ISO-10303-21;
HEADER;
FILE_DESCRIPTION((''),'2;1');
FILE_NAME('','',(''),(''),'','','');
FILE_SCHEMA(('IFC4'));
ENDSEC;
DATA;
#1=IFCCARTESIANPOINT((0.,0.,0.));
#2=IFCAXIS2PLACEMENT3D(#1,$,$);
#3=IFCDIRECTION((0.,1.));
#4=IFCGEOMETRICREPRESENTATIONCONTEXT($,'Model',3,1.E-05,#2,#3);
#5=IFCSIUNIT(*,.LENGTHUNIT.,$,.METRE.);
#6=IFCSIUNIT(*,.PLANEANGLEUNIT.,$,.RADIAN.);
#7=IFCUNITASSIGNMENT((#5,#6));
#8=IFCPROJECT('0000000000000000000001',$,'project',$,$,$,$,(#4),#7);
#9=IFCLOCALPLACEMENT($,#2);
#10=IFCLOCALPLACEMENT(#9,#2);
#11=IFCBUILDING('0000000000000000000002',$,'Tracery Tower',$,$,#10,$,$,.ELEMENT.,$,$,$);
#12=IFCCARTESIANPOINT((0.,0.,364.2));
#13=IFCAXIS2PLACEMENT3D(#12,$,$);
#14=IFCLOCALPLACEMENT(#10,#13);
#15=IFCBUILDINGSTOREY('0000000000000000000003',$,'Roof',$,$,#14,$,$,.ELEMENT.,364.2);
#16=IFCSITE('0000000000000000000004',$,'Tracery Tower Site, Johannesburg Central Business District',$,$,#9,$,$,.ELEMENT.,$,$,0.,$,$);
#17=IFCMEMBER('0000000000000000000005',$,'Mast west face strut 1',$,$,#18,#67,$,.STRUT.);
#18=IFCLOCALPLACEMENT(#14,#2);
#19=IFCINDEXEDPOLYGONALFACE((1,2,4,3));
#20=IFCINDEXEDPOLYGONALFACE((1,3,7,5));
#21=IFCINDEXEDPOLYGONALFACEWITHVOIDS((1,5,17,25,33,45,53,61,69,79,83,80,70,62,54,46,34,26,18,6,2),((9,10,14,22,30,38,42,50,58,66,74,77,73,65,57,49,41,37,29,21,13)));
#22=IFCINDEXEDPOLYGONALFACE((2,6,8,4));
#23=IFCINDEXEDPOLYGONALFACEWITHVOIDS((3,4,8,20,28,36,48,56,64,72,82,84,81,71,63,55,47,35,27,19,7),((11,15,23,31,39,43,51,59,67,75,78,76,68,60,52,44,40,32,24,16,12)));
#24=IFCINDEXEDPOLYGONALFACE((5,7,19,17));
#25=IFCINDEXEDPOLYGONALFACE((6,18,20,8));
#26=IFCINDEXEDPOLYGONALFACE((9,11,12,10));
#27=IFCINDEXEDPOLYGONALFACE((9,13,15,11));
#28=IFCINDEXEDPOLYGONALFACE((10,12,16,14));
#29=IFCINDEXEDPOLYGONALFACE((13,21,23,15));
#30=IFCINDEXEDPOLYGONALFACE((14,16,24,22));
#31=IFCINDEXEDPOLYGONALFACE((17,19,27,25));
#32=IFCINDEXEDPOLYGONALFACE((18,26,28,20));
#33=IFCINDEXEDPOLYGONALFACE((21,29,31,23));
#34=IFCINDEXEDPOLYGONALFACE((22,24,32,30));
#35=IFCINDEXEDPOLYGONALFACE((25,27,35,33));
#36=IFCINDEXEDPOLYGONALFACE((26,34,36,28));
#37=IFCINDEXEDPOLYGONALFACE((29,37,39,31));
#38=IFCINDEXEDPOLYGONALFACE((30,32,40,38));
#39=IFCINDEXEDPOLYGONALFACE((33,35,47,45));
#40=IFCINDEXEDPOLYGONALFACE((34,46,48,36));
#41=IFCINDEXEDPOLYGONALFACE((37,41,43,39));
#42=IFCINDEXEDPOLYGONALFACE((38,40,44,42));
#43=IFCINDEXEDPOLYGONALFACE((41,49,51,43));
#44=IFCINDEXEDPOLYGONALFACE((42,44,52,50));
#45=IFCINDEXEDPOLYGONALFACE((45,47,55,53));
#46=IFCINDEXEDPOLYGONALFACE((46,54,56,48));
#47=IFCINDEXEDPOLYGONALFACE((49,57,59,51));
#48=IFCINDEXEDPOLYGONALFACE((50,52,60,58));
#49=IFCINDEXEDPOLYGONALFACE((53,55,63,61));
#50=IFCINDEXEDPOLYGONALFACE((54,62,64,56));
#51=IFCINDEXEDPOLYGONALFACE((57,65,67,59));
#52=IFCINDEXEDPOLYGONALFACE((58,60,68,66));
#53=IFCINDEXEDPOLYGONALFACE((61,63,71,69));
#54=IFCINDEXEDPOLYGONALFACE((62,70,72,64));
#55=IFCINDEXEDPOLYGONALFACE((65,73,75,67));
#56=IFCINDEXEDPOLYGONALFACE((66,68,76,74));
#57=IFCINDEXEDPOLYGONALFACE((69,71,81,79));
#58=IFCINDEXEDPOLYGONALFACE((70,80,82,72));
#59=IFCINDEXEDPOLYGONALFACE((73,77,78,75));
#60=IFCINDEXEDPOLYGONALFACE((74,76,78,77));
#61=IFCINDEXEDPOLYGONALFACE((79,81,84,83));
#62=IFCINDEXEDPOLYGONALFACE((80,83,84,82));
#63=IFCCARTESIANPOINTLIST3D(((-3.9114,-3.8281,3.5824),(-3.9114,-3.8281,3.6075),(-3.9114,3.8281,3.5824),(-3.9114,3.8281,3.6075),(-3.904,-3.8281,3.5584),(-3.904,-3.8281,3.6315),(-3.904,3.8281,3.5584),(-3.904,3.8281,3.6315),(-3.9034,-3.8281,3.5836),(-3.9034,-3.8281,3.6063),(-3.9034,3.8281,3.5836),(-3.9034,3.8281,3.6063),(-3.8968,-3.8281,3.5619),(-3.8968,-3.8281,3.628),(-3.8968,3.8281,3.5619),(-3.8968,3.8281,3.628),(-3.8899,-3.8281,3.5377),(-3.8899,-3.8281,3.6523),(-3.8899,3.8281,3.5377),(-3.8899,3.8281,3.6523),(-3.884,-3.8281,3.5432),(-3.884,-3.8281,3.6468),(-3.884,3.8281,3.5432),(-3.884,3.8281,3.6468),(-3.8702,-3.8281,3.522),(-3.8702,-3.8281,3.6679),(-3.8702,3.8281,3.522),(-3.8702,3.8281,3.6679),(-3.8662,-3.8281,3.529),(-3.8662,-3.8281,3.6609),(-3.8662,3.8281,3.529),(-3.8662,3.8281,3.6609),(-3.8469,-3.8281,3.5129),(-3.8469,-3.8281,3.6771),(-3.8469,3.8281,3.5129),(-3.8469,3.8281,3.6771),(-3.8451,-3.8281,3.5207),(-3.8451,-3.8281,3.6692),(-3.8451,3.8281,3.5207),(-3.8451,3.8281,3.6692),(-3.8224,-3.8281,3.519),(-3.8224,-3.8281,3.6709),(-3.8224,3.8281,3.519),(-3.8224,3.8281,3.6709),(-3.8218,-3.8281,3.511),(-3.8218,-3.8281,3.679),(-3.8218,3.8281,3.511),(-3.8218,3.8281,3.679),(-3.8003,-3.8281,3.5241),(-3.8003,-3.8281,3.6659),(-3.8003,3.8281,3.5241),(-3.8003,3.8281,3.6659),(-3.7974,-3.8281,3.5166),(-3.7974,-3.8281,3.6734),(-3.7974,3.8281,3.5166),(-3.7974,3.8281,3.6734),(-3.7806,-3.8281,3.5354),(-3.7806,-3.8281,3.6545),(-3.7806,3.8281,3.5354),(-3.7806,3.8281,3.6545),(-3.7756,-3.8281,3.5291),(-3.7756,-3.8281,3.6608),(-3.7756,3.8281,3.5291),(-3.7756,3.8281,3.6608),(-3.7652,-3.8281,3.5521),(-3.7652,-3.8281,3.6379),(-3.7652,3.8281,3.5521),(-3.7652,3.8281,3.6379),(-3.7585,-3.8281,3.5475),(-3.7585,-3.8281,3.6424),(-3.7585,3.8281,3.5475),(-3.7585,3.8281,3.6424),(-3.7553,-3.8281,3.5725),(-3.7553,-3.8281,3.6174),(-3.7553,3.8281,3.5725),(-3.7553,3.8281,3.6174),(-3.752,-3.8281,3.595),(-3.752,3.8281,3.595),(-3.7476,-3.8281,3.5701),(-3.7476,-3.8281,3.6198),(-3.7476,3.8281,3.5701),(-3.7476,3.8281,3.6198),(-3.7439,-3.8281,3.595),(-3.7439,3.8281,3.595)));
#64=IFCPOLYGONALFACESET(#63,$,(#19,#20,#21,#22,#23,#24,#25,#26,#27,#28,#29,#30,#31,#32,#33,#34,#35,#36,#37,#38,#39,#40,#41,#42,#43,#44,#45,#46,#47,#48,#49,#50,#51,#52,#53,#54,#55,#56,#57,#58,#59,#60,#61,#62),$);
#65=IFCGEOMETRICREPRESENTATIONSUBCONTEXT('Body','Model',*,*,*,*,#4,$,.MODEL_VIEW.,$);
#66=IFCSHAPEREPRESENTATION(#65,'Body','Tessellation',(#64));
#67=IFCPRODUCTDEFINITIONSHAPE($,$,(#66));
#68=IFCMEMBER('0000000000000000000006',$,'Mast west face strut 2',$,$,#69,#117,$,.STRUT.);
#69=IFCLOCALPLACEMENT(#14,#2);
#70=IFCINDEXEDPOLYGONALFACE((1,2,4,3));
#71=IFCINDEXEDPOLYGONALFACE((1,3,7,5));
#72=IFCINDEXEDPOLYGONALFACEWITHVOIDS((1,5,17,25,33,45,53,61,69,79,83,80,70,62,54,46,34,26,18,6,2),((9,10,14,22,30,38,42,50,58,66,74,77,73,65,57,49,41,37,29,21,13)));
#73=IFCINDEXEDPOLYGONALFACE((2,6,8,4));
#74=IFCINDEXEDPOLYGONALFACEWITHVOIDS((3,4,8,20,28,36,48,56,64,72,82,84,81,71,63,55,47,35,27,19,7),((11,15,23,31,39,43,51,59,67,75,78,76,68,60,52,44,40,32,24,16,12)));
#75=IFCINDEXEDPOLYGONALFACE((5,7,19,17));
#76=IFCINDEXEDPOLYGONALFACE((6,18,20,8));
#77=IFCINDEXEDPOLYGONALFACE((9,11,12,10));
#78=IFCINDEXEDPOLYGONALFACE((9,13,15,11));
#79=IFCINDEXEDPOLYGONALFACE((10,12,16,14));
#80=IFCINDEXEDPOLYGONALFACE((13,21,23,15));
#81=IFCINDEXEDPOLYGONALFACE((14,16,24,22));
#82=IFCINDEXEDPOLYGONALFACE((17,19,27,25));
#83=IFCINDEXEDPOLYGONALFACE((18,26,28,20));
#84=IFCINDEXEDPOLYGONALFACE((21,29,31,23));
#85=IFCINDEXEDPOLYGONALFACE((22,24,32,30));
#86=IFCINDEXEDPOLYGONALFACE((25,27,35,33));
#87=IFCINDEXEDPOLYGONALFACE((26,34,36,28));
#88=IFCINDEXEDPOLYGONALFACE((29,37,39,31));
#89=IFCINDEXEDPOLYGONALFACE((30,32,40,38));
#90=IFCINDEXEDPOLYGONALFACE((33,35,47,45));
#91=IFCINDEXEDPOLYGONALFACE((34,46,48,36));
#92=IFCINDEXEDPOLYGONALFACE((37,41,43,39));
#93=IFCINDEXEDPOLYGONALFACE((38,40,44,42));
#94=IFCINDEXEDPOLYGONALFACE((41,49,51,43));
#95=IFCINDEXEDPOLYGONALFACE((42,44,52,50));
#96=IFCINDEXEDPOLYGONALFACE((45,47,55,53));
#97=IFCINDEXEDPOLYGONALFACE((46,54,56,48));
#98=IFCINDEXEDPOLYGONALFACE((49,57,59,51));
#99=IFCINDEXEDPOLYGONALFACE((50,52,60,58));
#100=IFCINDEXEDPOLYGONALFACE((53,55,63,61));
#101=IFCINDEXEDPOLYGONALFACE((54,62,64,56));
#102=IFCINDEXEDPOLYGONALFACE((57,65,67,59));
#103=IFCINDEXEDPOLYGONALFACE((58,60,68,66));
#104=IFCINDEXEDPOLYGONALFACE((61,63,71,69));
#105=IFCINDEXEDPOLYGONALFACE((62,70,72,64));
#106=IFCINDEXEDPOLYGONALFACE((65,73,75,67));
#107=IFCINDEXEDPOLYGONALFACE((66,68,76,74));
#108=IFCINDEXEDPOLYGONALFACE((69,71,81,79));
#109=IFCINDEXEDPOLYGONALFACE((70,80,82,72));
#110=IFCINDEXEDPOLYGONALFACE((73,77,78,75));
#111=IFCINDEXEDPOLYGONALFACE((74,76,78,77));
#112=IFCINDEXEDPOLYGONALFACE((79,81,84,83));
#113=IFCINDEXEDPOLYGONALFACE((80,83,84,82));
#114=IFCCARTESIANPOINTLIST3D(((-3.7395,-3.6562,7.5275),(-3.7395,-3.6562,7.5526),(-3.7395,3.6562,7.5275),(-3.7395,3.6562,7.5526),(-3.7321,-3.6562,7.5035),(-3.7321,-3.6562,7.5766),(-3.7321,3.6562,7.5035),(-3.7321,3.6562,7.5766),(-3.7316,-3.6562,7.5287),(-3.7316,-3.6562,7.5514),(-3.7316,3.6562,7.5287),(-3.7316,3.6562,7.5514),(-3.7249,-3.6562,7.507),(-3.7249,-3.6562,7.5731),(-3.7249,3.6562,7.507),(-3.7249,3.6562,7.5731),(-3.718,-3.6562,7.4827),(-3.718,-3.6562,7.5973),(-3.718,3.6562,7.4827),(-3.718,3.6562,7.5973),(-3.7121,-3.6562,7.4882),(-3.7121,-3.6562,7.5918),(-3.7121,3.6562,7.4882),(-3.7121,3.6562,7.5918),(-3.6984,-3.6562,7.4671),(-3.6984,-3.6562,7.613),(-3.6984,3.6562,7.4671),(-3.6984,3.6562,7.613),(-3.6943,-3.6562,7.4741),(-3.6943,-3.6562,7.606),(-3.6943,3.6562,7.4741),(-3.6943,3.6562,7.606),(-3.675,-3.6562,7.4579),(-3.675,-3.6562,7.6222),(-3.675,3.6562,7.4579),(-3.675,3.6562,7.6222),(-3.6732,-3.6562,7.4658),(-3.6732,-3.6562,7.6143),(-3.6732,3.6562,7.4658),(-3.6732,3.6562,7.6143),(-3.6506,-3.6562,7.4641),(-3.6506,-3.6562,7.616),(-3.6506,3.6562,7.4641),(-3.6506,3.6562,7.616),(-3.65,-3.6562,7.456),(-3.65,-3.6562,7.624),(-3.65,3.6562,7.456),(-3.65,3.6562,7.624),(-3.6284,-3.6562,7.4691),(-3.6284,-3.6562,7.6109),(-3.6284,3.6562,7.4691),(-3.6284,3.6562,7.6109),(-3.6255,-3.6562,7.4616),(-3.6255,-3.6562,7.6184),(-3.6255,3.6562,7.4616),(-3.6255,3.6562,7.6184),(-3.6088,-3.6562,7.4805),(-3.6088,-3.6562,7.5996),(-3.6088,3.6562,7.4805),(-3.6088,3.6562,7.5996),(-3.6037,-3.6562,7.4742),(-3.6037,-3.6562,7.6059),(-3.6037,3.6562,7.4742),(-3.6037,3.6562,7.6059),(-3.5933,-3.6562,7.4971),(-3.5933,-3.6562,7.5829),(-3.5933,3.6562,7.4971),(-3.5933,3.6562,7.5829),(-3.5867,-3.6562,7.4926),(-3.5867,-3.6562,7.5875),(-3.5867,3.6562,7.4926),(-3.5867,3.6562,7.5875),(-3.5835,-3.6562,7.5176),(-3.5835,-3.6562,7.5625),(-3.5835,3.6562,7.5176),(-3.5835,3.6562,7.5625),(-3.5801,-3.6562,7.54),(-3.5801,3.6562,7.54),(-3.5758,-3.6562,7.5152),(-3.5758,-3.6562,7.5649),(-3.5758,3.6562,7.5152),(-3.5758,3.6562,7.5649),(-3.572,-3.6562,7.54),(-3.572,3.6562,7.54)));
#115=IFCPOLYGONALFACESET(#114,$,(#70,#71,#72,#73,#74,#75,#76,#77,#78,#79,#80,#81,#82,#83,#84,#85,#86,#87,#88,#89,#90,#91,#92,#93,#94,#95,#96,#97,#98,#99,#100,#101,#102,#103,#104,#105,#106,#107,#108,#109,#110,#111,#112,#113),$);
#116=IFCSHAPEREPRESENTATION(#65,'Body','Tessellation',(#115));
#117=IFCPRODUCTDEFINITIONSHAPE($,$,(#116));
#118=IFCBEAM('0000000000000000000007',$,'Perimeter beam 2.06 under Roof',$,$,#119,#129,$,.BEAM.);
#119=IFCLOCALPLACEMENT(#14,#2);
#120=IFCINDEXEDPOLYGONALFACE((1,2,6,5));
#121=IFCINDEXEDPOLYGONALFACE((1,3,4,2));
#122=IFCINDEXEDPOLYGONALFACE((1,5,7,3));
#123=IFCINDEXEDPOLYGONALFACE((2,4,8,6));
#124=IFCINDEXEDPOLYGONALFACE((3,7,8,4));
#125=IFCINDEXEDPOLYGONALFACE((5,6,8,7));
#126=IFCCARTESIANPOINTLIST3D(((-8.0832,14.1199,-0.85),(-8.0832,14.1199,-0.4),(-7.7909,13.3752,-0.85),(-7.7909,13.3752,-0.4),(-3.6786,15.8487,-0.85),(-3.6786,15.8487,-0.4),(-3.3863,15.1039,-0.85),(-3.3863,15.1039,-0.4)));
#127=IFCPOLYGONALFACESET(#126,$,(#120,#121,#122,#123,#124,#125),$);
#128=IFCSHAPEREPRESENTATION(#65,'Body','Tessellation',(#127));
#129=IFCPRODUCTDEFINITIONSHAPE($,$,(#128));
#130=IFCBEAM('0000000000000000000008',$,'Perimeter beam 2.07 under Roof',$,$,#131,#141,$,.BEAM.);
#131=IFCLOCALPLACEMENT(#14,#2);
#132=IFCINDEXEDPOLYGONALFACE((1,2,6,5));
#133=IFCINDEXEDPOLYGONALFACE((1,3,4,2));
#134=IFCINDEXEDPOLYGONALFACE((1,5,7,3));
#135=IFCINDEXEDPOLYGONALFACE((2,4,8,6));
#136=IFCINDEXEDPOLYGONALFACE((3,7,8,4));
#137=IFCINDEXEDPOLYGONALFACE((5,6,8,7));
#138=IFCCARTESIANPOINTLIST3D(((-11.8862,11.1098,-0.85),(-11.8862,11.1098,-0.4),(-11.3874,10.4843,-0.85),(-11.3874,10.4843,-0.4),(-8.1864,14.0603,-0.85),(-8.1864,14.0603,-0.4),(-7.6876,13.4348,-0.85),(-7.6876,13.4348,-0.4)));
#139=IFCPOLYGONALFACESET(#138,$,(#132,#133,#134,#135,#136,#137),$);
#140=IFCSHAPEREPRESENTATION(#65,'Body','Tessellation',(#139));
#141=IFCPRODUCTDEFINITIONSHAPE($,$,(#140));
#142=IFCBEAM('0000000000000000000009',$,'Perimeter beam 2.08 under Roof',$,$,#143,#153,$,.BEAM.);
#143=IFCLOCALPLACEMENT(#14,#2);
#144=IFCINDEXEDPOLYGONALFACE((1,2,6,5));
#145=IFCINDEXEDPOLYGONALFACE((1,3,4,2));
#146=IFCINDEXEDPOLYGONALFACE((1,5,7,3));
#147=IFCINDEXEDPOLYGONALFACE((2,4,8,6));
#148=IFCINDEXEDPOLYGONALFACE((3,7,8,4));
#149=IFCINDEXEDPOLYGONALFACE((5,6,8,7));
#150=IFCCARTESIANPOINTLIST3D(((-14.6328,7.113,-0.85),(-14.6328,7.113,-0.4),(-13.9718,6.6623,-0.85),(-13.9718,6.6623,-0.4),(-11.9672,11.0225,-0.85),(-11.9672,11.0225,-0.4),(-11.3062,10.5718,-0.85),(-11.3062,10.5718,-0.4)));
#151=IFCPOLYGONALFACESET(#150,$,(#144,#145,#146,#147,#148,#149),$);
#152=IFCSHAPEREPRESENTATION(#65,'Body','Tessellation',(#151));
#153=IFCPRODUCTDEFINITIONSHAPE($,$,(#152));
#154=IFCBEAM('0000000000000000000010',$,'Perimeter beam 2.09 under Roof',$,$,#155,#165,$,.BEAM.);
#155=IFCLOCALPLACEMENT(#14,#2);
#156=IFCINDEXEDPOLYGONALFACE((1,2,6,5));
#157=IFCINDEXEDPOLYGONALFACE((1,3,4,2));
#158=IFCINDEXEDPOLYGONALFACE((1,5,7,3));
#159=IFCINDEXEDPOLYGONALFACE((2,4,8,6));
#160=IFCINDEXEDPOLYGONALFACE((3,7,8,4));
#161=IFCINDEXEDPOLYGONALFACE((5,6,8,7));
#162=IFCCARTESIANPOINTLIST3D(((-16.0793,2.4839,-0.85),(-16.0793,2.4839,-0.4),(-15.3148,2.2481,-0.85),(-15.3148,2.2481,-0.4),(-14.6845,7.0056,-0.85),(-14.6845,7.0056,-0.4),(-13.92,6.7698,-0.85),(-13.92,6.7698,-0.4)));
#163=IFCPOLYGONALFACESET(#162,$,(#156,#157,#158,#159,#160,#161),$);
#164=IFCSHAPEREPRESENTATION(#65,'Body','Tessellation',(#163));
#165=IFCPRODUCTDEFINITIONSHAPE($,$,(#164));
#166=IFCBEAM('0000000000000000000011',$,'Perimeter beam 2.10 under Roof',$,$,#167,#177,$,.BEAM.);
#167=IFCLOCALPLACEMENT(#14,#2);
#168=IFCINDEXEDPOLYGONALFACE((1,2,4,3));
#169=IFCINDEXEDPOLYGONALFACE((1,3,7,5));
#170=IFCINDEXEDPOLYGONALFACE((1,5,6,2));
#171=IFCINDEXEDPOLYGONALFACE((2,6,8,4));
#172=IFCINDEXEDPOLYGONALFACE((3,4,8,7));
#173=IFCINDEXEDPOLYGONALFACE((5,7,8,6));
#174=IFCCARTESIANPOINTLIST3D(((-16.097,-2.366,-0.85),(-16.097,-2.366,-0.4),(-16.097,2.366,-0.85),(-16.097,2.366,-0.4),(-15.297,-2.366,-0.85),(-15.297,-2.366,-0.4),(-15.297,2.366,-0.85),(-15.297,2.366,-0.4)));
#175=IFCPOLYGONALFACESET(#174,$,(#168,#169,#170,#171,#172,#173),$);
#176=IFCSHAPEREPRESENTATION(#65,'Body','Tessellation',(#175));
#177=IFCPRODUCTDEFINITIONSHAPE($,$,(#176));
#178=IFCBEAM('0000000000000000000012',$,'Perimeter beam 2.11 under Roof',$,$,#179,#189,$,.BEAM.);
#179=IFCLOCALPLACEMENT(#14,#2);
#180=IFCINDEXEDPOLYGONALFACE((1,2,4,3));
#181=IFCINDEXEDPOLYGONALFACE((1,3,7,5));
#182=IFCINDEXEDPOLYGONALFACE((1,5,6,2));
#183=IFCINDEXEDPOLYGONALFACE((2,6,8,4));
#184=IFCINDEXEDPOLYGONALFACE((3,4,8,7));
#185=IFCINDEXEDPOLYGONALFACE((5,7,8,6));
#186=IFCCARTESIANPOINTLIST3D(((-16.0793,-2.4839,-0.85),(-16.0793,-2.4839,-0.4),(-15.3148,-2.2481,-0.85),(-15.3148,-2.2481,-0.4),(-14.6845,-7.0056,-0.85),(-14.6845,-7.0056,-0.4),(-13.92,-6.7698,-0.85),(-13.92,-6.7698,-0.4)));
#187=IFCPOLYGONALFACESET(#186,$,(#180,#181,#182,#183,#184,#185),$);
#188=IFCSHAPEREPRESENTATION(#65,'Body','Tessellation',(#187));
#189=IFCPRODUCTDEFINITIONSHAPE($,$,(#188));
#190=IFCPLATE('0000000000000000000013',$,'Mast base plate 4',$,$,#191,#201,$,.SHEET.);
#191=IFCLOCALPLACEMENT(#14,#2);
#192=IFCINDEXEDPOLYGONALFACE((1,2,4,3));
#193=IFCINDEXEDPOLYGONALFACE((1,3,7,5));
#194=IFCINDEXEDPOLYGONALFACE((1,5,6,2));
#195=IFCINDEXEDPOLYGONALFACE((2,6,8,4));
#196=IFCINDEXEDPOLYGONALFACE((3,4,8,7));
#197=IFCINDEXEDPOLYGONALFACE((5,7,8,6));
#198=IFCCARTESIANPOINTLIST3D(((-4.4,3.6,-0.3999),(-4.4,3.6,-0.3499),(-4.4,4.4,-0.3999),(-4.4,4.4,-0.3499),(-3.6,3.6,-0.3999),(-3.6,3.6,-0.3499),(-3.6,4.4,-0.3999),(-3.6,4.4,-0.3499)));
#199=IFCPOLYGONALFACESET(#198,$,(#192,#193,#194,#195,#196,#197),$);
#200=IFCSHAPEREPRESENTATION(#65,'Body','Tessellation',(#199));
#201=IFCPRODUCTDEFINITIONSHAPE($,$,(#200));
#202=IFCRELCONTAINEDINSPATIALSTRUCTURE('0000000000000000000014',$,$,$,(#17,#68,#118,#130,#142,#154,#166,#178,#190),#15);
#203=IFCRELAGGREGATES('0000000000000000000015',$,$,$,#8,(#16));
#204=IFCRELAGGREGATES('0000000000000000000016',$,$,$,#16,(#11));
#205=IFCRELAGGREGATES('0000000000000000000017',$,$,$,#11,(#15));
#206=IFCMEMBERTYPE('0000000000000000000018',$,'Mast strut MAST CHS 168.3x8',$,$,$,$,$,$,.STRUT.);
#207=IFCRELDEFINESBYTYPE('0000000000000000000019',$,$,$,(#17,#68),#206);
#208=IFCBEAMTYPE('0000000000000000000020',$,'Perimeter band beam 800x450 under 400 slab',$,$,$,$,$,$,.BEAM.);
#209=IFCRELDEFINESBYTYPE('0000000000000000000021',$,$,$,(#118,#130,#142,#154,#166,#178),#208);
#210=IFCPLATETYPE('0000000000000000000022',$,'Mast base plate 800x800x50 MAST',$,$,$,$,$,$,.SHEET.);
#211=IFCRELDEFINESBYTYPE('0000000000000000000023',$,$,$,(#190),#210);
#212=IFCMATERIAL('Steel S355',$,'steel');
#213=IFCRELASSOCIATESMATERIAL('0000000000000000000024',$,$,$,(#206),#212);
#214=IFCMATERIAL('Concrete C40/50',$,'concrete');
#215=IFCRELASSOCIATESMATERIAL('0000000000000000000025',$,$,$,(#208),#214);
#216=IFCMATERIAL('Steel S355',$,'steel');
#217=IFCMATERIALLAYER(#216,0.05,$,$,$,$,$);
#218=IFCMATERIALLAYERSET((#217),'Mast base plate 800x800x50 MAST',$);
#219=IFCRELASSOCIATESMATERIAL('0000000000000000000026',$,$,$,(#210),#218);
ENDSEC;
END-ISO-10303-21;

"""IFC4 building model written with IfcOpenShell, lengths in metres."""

from ifc_helpers import new_model, si_unit, direction, frame, origin, origin_2d, place, context, subcontext, project, spatial, rectangle, hollow_circle, extrude, material, layer, layer_set, material_profile, profile_set, type_object, element, save


model = new_model("IFC4")

# Units and contexts
model_context = context("Model", 3, precision=1e-05, world=origin(), true_north=direction((0.0, 1.0)))
body_context = subcontext(model_context, "Body", "Model", "MODEL_VIEW")
ifc_project = project(units=[si_unit("LENGTHUNIT", "METRE"), si_unit("PLANEANGLEUNIT", "RADIAN")], contexts=[model_context])

# Site, building, storey
site_placement = place(None, origin())
site = spatial("IfcSite", under=ifc_project, at=site_placement, Name="Tracery Tower Site, Johannesburg Central Business District", CompositionType="ELEMENT", RefElevation=0.0)
building_placement = place(site_placement, origin())
building = spatial("IfcBuilding", under=site, at=building_placement, Name="Tracery Tower", CompositionType="ELEMENT")
storey_placement = place(building_placement, frame((0.0, 0.0, 364.2)))
storey = spatial("IfcBuildingStorey", under=building, at=storey_placement, Name="Roof", CompositionType="ELEMENT", Elevation=364.2)

# Members
ifc_material_1 = material(Name="Steel S355", Category="steel")
ifc_material_profile_1 = material_profile(ifc_material_1, hollow_circle(Radius=0.0842, WallThickness=0.0081, at=origin_2d()), Name="CHS 168.3x8")
ifc_profile_set_1 = profile_set([ifc_material_profile_1], Name="Steel S355")
member_type_1 = type_object("IfcMemberType", Name="Mast strut MAST CHS 168.3x8", PredefinedType="STRUT", material=ifc_profile_set_1)
member_1_placement = place(storey_placement, frame((-3.8281, 3.8281, 3.595), z_axis=(0.0, -1.0, 0.0), x_axis=(1.0, 0.0, 0.0)))
element("IfcMember", 1, at=member_1_placement, inside=storey, type_object=member_type_1, Name="Mast west face strut 1", PredefinedType="STRUT", context=body_context, shape_type="SweptSolid", body=[
    extrude(hollow_circle(Radius=0.0842, WallThickness=0.0081, at=origin_2d()), origin(), (0.0, 0.0, 1.0), 7.6562),
])
member_2_placement = place(storey_placement, frame((-3.6562, 3.6562, 7.54), z_axis=(0.0, -1.0, 0.0), x_axis=(1.0, 0.0, 0.0)))
element("IfcMember", 2, at=member_2_placement, inside=storey, type_object=member_type_1, Name="Mast west face strut 2", PredefinedType="STRUT", context=body_context, shape_type="SweptSolid", body=[
    extrude(hollow_circle(Radius=0.0842, WallThickness=0.0081, at=origin_2d()), origin(), (0.0, 0.0, 1.0), 7.3125),
])

# Beams
ifc_material_2 = material(Name="Concrete C40/50", Category="concrete")
ifc_material_profile_2 = material_profile(ifc_material_2, rectangle(XDim=0.8, YDim=0.45, at=origin_2d()), Name="RC 800x450")
ifc_profile_set_2 = profile_set([ifc_material_profile_2], Name="Concrete C40/50")
beam_type_1 = type_object("IfcBeamType", Name="Perimeter band beam 800x450 under 400 slab", PredefinedType="BEAM", material=ifc_profile_set_2)
beam_1_placement = place(storey_placement, frame((-3.5325, 15.4763, -0.625), z_axis=(-0.930866, -0.36536, 0.0), x_axis=(0.36536, -0.930866, 0.0)))
element("IfcBeam", 3, at=beam_1_placement, inside=storey, type_object=beam_type_1, Name="Perimeter beam 2.06 under Roof", PredefinedType="BEAM", context=body_context, shape_type="SweptSolid", body=[
    extrude(rectangle(XDim=0.8, YDim=0.45, at=origin_2d()), origin(), (0.0, 0.0, 1.0), 4.7317),
])
beam_2_placement = place(storey_placement, frame((-7.937, 13.7476, -0.625), z_axis=(-0.781829, -0.623493, 0.0), x_axis=(0.623493, -0.781829, 0.0)))
element("IfcBeam", 4, at=beam_2_placement, inside=storey, type_object=beam_type_1, Name="Perimeter beam 2.07 under Roof", PredefinedType="BEAM", context=body_context, shape_type="SweptSolid", body=[
    extrude(rectangle(XDim=0.8, YDim=0.45, at=origin_2d()), origin(), (0.0, 0.0, 1.0), 4.7322),
])
beam_3_placement = place(storey_placement, frame((-11.6367, 10.7971, -0.625), z_axis=(-0.563338, -0.826226, 0.0), x_axis=(0.826226, -0.563338, 0.0)))
element("IfcBeam", 5, at=beam_3_placement, inside=storey, type_object=beam_type_1, Name="Perimeter beam 2.08 under Roof", PredefinedType="BEAM", context=body_context, shape_type="SweptSolid", body=[
    extrude(rectangle(XDim=0.8, YDim=0.45, at=origin_2d()), origin(), (0.0, 0.0, 1.0), 4.7317),
])
for number, where, z_axis, x_axis, name in (
    (6, (-14.3022, 6.8877, -0.625), (-0.294756, -0.955572, 0.0), (0.955572, -0.294756, 0.0), "Perimeter beam 2.09 under Roof"),
    (7, (-15.697, 2.366, -0.625), (0.0, -1.0, 0.0), (1.0, 0.0, 0.0), "Perimeter beam 2.10 under Roof"),
    (8, (-15.697, -2.366, -0.625), (0.294756, -0.955572, 0.0), (0.955572, 0.294756, 0.0), "Perimeter beam 2.11 under Roof"),
):
    element("IfcBeam", number, at=place(storey_placement, frame(where, z_axis=z_axis, x_axis=x_axis)), inside=storey, type_object=beam_type_1, Name=name, PredefinedType="BEAM", context=body_context, shape_type="SweptSolid", body=[
        extrude(rectangle(XDim=0.8, YDim=0.45, at=origin_2d()), origin(), (0.0, 0.0, 1.0), 4.7319),
    ])

# Plate
ifc_material_3 = material(Name="Steel S355", Category="steel")
ifc_layer_1 = layer(ifc_material_3, 0.05)
ifc_layer_set_1 = layer_set([ifc_layer_1], Name="Mast base plate 800x800x50 MAST")
plate_type = type_object("IfcPlateType", Name="Mast base plate 800x800x50 MAST", PredefinedType="SHEET", material=ifc_layer_set_1)
plate_placement = place(storey_placement, frame((-4.0, 4.0, -0.3999), z_axis=(0.0, 0.0, 1.0), x_axis=(1.0, 0.0, 0.0)))
element("IfcPlate", 9, at=plate_placement, inside=storey, type_object=plate_type, Name="Mast base plate 4", PredefinedType="SHEET", context=body_context, shape_type="SweptSolid", body=[
    extrude(rectangle(XDim=0.8, YDim=0.8, at=origin_2d()), origin(), (0.0, 0.0, 1.0), 0.05),
])

save(model, "model.ifc")
